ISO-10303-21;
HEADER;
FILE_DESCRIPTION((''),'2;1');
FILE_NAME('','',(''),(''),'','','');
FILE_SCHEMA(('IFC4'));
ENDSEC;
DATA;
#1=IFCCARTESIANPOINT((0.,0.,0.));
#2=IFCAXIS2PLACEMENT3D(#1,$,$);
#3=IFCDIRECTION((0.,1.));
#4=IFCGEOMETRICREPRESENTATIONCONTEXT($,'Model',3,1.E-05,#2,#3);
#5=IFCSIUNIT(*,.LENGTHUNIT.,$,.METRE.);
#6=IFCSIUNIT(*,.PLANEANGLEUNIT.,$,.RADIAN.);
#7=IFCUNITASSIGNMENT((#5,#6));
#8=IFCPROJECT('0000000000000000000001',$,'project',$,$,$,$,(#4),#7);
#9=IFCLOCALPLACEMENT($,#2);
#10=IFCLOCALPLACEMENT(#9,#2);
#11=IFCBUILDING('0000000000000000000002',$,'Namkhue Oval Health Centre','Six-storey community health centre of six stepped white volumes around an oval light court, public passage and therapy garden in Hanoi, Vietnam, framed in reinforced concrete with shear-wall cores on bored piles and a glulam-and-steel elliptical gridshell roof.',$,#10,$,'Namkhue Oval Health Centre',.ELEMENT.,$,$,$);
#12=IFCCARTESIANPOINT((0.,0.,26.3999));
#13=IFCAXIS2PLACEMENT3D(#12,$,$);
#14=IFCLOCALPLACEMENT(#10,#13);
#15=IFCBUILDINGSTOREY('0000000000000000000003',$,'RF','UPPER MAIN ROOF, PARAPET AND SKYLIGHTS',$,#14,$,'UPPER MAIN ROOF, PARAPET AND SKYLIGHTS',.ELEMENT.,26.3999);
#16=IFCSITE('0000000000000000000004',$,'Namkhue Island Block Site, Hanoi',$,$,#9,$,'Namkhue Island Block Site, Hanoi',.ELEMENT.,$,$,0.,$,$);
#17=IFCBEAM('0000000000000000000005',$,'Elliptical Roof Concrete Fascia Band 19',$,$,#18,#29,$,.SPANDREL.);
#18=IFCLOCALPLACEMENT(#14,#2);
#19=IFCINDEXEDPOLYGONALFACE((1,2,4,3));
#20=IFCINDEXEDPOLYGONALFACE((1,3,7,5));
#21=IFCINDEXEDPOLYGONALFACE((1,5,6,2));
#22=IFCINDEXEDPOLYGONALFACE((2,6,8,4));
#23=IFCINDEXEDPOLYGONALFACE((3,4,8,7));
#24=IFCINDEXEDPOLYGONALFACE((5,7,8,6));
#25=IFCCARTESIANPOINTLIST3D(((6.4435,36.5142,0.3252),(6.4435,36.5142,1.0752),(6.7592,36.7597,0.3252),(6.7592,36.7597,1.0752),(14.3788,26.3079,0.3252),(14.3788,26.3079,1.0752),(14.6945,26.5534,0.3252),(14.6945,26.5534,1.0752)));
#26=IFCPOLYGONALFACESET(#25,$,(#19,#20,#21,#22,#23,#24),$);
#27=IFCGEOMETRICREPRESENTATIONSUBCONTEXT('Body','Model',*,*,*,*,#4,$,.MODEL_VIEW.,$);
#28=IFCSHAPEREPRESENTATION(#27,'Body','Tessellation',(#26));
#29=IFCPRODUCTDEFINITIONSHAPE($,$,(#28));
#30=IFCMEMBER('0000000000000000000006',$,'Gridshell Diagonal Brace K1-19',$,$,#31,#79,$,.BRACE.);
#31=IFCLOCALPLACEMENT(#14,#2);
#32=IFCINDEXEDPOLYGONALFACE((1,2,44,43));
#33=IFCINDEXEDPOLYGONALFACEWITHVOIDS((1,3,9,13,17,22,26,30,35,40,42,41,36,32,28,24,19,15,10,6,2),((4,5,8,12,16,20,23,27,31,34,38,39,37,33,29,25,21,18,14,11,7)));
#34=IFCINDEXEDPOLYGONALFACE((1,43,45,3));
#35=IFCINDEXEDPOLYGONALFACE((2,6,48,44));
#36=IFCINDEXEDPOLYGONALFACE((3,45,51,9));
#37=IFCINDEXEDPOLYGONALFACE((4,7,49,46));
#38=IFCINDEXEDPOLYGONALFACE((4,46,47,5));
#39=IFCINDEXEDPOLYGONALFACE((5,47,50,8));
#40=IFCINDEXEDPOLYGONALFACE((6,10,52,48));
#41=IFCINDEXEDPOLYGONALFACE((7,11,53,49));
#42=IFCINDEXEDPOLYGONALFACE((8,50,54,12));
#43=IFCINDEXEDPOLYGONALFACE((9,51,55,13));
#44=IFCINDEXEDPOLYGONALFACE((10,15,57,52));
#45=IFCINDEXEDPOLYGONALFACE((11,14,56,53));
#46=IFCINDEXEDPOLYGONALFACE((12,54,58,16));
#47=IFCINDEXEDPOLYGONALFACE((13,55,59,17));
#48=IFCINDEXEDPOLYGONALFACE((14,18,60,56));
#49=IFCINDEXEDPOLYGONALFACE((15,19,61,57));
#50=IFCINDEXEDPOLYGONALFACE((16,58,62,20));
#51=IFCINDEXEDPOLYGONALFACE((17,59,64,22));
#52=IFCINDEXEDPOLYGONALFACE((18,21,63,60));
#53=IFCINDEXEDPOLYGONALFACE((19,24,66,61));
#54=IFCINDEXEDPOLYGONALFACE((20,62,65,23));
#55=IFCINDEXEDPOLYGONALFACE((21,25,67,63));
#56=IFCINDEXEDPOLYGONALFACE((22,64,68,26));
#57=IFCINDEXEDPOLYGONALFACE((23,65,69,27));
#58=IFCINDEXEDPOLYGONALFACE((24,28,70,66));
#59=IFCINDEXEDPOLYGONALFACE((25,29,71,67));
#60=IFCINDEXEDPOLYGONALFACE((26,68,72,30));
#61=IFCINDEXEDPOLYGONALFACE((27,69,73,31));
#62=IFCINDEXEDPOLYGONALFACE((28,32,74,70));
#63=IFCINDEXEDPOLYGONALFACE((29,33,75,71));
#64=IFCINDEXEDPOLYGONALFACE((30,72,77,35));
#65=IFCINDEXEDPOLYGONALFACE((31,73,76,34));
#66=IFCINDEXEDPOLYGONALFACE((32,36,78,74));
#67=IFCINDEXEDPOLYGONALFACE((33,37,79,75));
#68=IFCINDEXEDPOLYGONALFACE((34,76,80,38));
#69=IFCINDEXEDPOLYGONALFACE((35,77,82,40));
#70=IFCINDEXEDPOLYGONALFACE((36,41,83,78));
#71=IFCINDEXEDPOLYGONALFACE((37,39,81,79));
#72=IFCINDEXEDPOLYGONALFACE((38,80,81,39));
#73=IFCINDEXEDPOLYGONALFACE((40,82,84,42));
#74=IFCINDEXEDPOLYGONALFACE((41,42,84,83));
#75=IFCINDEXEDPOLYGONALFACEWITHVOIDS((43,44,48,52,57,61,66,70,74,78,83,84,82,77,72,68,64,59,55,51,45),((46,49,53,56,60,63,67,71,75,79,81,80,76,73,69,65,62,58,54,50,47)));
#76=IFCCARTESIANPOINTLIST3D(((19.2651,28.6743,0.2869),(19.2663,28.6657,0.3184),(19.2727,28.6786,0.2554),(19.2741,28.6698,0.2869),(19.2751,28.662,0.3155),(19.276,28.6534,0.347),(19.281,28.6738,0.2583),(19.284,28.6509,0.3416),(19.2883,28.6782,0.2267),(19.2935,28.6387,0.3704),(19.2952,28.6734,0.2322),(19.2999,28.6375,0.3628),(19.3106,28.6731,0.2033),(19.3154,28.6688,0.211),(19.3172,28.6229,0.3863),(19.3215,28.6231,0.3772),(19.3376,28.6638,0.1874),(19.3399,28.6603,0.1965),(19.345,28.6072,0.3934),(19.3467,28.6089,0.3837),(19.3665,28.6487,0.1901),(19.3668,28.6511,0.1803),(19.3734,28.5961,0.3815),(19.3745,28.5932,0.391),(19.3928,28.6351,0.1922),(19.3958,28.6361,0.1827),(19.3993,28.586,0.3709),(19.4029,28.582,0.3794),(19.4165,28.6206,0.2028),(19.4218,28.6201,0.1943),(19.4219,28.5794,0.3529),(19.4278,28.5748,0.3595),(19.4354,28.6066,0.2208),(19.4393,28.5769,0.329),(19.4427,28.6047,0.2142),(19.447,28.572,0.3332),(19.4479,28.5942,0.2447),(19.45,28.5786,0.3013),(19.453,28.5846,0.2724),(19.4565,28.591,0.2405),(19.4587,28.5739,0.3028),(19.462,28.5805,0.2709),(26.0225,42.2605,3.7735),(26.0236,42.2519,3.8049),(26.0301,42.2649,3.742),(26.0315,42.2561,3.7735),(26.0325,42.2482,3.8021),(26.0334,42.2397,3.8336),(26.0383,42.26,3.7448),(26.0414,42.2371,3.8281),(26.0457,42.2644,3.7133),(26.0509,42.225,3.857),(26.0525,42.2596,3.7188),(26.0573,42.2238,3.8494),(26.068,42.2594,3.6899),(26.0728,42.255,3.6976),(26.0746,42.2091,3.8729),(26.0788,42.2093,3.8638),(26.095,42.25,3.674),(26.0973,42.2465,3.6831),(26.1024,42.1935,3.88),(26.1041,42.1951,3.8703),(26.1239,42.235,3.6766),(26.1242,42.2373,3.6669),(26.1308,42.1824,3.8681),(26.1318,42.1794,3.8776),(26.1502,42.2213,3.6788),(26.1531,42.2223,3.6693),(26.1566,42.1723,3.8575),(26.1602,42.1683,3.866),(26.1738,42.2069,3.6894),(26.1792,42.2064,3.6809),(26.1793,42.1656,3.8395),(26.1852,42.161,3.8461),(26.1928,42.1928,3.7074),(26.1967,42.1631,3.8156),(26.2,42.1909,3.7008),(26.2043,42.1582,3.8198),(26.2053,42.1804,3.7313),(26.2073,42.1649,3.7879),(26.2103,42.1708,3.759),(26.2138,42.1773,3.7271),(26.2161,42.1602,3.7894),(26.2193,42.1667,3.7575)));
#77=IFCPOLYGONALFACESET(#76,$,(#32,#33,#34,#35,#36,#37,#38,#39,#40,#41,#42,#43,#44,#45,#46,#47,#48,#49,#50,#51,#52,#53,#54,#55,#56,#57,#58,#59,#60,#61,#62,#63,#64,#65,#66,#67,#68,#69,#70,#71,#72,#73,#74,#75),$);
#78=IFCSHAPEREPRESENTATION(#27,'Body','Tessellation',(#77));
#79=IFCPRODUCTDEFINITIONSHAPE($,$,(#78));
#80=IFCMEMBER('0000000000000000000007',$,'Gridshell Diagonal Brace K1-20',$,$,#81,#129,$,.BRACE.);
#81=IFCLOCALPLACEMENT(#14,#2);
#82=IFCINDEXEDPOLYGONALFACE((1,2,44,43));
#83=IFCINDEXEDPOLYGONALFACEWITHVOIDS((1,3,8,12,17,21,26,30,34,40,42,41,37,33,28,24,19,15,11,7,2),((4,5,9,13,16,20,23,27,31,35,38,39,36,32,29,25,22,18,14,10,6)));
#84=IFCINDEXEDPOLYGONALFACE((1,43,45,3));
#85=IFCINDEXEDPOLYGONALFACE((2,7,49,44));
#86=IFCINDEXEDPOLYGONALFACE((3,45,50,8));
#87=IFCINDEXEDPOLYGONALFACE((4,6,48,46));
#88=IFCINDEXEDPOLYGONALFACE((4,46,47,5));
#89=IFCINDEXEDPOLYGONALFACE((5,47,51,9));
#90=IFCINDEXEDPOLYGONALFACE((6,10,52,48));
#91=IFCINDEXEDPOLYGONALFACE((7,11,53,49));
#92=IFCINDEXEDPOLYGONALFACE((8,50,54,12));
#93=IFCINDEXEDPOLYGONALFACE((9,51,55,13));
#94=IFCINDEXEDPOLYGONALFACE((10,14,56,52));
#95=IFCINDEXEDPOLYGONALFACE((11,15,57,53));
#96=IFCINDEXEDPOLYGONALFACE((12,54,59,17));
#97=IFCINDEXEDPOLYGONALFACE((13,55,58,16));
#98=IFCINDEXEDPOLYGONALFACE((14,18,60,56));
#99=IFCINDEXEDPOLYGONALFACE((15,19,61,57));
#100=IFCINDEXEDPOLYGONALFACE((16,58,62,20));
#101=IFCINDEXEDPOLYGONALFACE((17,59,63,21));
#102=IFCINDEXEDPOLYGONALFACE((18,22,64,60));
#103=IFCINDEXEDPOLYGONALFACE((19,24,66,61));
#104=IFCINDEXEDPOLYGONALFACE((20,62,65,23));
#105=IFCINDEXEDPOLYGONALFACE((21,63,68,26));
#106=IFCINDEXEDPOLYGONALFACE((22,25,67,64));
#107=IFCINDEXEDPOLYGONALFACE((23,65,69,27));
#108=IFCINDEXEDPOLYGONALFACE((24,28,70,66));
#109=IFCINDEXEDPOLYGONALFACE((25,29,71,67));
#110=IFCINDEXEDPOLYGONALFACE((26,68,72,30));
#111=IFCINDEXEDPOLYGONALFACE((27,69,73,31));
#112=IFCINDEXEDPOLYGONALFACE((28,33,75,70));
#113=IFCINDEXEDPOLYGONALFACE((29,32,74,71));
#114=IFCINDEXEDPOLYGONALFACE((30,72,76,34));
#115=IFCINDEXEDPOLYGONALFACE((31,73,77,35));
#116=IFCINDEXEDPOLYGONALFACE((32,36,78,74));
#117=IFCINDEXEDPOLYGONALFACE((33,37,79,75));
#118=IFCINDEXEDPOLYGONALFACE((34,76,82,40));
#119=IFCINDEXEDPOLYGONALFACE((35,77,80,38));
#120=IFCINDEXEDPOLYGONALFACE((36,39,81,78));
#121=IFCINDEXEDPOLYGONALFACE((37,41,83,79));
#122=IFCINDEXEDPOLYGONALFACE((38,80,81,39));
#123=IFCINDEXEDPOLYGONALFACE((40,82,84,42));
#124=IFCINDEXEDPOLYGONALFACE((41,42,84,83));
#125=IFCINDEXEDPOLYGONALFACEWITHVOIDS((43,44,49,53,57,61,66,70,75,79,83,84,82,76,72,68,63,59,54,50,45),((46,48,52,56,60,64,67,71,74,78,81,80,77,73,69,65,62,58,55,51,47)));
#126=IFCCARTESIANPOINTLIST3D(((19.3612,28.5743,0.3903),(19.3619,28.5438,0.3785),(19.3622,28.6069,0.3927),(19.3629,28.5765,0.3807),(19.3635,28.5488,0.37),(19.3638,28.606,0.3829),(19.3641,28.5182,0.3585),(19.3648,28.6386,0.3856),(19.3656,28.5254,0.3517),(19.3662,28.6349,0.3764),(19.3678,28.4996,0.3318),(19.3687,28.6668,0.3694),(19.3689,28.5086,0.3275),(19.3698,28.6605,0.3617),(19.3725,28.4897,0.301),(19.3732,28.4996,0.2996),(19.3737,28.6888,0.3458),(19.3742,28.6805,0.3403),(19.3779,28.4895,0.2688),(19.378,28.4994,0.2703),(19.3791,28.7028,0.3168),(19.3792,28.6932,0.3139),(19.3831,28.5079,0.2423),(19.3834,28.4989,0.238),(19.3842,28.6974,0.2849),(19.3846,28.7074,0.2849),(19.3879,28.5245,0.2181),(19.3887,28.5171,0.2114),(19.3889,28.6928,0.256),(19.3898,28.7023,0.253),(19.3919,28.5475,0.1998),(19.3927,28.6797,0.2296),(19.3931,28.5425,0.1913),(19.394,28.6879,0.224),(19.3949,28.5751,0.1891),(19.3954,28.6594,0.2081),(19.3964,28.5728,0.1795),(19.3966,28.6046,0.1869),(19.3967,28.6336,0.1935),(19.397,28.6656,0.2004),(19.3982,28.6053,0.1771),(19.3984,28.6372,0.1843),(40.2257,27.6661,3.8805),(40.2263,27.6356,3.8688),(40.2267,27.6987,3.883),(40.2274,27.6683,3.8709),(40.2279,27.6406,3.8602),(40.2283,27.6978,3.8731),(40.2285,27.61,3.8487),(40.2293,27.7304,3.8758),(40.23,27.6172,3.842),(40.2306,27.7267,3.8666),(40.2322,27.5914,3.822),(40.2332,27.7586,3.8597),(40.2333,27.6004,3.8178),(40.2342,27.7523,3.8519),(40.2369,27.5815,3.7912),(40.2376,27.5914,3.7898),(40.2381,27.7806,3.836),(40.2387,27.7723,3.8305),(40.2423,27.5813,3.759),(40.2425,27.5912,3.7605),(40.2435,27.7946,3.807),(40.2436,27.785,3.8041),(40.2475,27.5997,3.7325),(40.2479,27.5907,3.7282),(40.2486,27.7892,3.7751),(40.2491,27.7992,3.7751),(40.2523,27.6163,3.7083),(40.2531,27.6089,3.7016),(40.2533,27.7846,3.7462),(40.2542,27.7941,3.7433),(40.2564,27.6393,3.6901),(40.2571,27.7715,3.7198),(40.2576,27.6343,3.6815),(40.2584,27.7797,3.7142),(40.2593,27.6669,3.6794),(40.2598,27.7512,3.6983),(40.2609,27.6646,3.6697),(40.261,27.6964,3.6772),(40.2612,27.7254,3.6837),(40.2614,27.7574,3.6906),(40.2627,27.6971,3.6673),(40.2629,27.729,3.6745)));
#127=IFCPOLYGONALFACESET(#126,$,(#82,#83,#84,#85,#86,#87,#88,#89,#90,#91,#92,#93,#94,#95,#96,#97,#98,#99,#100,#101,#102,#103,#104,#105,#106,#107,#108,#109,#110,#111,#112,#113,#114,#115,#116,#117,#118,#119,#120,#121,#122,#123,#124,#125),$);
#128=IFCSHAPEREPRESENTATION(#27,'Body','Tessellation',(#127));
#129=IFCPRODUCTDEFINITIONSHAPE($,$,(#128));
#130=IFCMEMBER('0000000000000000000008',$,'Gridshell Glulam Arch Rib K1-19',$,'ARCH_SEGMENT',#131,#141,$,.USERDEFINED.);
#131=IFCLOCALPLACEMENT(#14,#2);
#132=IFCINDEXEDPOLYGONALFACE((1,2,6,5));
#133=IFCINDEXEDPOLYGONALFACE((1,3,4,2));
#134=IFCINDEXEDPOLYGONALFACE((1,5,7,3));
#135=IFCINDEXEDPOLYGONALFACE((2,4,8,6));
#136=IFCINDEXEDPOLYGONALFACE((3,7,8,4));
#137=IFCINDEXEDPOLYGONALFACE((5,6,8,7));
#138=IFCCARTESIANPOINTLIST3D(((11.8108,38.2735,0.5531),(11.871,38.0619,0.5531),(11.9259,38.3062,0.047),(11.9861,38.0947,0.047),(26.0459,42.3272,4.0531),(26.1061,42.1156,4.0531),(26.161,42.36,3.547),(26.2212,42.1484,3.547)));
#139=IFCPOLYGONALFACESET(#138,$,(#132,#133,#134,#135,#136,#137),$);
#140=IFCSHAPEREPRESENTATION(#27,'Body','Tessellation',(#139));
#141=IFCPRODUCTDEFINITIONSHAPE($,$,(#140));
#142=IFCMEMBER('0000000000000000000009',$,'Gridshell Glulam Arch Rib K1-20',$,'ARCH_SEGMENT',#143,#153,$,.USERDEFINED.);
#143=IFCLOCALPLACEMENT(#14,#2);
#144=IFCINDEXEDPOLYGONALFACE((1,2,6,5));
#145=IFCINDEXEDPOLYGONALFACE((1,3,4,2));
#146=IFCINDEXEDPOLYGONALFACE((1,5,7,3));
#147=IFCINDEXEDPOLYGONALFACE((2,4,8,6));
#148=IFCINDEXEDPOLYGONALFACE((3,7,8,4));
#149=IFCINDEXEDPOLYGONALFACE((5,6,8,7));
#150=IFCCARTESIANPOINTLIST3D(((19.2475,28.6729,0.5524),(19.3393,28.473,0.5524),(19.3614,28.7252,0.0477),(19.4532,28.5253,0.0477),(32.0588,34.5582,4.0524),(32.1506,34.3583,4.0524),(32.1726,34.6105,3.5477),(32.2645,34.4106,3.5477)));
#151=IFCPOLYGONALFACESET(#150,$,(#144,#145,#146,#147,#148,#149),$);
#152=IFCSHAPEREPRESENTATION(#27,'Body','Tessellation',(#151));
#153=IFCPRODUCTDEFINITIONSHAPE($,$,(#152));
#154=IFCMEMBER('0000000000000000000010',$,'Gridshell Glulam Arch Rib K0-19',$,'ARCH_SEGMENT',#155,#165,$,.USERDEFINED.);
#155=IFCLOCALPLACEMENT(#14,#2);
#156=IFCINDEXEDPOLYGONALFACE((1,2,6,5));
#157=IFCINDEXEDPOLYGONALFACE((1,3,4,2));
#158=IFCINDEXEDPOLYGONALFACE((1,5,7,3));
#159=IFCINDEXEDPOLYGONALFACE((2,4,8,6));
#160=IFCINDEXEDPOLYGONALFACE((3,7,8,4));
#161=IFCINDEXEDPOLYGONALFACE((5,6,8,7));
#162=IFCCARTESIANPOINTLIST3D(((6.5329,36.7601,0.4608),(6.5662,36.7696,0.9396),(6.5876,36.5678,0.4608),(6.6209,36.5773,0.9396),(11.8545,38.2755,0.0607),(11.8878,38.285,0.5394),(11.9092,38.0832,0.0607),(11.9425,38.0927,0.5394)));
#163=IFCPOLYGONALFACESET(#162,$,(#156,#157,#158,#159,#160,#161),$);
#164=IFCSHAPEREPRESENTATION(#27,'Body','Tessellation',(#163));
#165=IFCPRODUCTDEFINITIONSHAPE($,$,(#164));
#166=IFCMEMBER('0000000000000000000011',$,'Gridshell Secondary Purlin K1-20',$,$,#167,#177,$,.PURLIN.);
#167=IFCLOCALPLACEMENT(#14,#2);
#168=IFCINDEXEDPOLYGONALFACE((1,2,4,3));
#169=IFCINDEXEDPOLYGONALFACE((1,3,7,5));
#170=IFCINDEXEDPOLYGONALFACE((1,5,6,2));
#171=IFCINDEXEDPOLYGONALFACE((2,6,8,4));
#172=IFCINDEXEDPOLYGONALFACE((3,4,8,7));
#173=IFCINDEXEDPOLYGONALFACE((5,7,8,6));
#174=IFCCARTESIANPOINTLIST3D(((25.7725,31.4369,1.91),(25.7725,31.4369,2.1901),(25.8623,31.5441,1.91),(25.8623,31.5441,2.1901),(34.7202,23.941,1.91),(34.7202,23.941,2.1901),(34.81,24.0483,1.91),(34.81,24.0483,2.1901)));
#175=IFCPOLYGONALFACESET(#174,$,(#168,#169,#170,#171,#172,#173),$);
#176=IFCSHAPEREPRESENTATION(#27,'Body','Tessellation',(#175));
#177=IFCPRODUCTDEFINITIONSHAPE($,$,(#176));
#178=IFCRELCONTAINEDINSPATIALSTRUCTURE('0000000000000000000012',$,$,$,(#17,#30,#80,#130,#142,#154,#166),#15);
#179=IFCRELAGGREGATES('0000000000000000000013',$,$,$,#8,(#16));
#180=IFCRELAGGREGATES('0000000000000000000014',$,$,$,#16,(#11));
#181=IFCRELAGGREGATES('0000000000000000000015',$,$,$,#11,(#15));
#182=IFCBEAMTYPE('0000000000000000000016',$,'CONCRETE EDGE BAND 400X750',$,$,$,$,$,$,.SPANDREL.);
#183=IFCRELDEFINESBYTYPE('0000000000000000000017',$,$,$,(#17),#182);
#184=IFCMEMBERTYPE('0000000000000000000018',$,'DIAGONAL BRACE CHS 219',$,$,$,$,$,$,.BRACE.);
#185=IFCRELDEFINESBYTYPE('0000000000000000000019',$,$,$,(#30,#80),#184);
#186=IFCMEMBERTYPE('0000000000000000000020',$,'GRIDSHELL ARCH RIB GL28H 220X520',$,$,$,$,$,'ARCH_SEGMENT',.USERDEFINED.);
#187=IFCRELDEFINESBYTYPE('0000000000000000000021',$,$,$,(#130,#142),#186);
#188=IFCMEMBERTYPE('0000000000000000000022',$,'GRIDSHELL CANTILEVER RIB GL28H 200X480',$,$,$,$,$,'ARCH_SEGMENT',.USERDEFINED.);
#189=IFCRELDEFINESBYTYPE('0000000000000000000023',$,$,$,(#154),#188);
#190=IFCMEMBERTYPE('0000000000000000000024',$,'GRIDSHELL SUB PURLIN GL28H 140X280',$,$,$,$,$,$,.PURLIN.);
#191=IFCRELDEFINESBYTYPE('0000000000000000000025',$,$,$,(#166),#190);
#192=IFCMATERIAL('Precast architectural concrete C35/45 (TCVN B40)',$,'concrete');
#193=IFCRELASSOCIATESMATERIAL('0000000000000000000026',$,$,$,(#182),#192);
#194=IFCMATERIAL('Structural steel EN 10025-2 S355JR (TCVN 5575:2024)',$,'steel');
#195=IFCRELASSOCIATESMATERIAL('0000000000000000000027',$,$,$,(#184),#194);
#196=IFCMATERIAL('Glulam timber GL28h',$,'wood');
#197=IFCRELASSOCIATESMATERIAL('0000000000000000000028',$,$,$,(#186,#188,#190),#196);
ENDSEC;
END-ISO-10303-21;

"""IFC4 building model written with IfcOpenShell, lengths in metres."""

from ifc_helpers import new_model, si_unit, direction, frame, origin, origin_2d, place, context, subcontext, project, spatial, rectangle, hollow_circle, extrude, material, material_profile, profile_set, type_object, element, save


model = new_model("IFC4")

# Units and contexts
model_context = context("Model", 3, precision=1e-05, world=origin(), true_north=direction((0.0, 1.0)))
body_context = subcontext(model_context, "Body", "Model", "MODEL_VIEW")
ifc_project = project(units=[si_unit("LENGTHUNIT", "METRE"), si_unit("PLANEANGLEUNIT", "RADIAN")], contexts=[model_context])

# Site, building, storey
site_placement = place(None, origin())
site = spatial("IfcSite", under=ifc_project, at=site_placement, Name="Namkhue Island Block Site, Hanoi", LongName="Namkhue Island Block Site, Hanoi", CompositionType="ELEMENT", RefElevation=0.0)
building_placement = place(site_placement, origin())
building = spatial("IfcBuilding", under=site, at=building_placement, Name="Namkhue Oval Health Centre", Description="Six-storey community health centre of six stepped white volumes around an oval light court, public passage and therapy garden in Hanoi, Vietnam, framed in reinforced concrete with shear-wall cores on bored piles and a glulam-and-steel elliptical gridshell roof.", LongName="Namkhue Oval Health Centre", CompositionType="ELEMENT")
storey_placement = place(building_placement, frame((0.0, 0.0, 26.3999)))
storey = spatial("IfcBuildingStorey", under=building, at=storey_placement, Name="RF", Description="UPPER MAIN ROOF, PARAPET AND SKYLIGHTS", LongName="UPPER MAIN ROOF, PARAPET AND SKYLIGHTS", CompositionType="ELEMENT", Elevation=26.3999)

# Beam
ifc_material_1 = material(Name="Precast architectural concrete C35/45 (TCVN B40)", Category="concrete")
ifc_material_profile_1 = material_profile(ifc_material_1, rectangle(XDim=0.3999, YDim=0.75, at=origin_2d()), Name="RC 400x750")
ifc_profile_set_1 = profile_set([ifc_material_profile_1], Name="Precast architectural concrete C35/45 (TCVN B40)")
beam_type = type_object("IfcBeamType", Name="CONCRETE EDGE BAND 400X750", PredefinedType="SPANDREL", material=ifc_profile_set_1)
beam_placement = place(storey_placement, frame((6.6013, 36.637, 0.7002), z_axis=(0.613799, -0.789462, 0.0), x_axis=(0.789462, 0.613799, 0.0)))
element("IfcBeam", 1, at=beam_placement, inside=storey, type_object=beam_type, Name="Elliptical Roof Concrete Fascia Band 19", PredefinedType="SPANDREL", context=body_context, shape_type="SweptSolid", body=[
    extrude(rectangle(XDim=0.3999, YDim=0.75, at=origin_2d()), origin(), (0.0, 0.0, 1.0), 12.9282),
])

# Members
ifc_material_2 = material(Name="Structural steel EN 10025-2 S355JR (TCVN 5575:2024)", Category="steel")
ifc_material_profile_2 = material_profile(ifc_material_2, hollow_circle(Radius=0.1096, WallThickness=0.01, at=origin_2d()), Name="CHS 219.1x10")
ifc_profile_set_2 = profile_set([ifc_material_profile_2], Name="Structural steel EN 10025-2 S355JR (TCVN 5575:2024)")
member_type_1 = type_object("IfcMemberType", Name="DIAGONAL BRACE CHS 219", PredefinedType="BRACE", material=ifc_profile_set_2)
member_1_placement = place(storey_placement, frame((19.3633, 28.6255, 0.2869), z_axis=(0.434017, 0.872628, 0.223939), x_axis=(-0.895368, 0.445327, 0.0)))
element("IfcMember", 2, at=member_1_placement, inside=storey, type_object=member_type_1, Name="Gridshell Diagonal Brace K1-19", PredefinedType="BRACE", context=body_context, shape_type="SweptSolid", body=[
    extrude(hollow_circle(Radius=0.1096, WallThickness=0.01, at=origin_2d()), origin(), (0.0, 0.0, 1.0), 15.5693),
])
member_2_placement = place(storey_placement, frame((19.3799, 28.5979, 0.2849), z_axis=(0.985388, -0.042893, 0.164837), x_axis=(0.043487, 0.999054, 0.0)))
element("IfcMember", 3, at=member_2_placement, inside=storey, type_object=member_type_1, Name="Gridshell Diagonal Brace K1-20", PredefinedType="BRACE", context=body_context, shape_type="SweptSolid", body=[
    extrude(hollow_circle(Radius=0.1096, WallThickness=0.01, at=origin_2d()), origin(), (0.0, 0.0, 1.0), 21.1738),
])
ifc_material_3 = material(Name="Glulam timber GL28h", Category="wood")
ifc_material_profile_3 = material_profile(ifc_material_3, rectangle(XDim=0.22, YDim=0.52, at=origin_2d()), Name="GL28h 220x520")
ifc_profile_set_3 = profile_set([ifc_material_profile_3], Name="Glulam timber GL28h")
member_type_2 = type_object("IfcMemberType", Name="GRIDSHELL ARCH RIB GL28H 220X520", ElementType="ARCH_SEGMENT", PredefinedType="USERDEFINED", material=ifc_profile_set_3)
member_3_placement = place(storey_placement, frame((11.8984, 38.1841, 0.3), z_axis=(0.935952, 0.26653, 0.230123), x_axis=(-0.27388, 0.961764, 0.0)))
element("IfcMember", 4, at=member_3_placement, inside=storey, type_object=member_type_2, Name="Gridshell Glulam Arch Rib K1-19", ObjectType="ARCH_SEGMENT", PredefinedType="USERDEFINED", context=body_context, shape_type="SweptSolid", body=[
    extrude(rectangle(XDim=0.22, YDim=0.52, at=origin_2d()), origin(), (0.0, 0.0, 1.0), 15.2092),
])
member_4_placement = place(storey_placement, frame((19.3503, 28.5991, 0.3), z_axis=(0.881933, 0.405143, 0.240941), x_axis=(-0.417441, 0.908704, 0.0)))
element("IfcMember", 5, at=member_4_placement, inside=storey, type_object=member_type_2, Name="Gridshell Glulam Arch Rib K1-20", ObjectType="ARCH_SEGMENT", PredefinedType="USERDEFINED", context=body_context, shape_type="SweptSolid", body=[
    extrude(rectangle(XDim=0.22, YDim=0.52, at=origin_2d()), origin(), (0.0, 0.0, 1.0), 14.5264),
])
ifc_material_profile_4 = material_profile(ifc_material_3, rectangle(XDim=0.2, YDim=0.48, at=origin_2d()), Name="GL28h 200x480")
ifc_profile_set_4 = profile_set([ifc_material_profile_4], Name="Glulam timber GL28h")
member_type_3 = type_object("IfcMemberType", Name="GRIDSHELL CANTILEVER RIB GL28H 200X480", ElementType="ARCH_SEGMENT", PredefinedType="USERDEFINED", material=ifc_profile_set_4)
member_5_placement = place(storey_placement, frame((6.5769, 36.6687, 0.7002), z_axis=(0.95926, 0.273163, -0.07213), x_axis=(-0.273876, 0.961765, 0.0)))
element("IfcMember", 6, at=member_5_placement, inside=storey, type_object=member_type_3, Name="Gridshell Glulam Arch Rib K0-19", ObjectType="ARCH_SEGMENT", PredefinedType="USERDEFINED", context=body_context, shape_type="SweptSolid", body=[
    extrude(rectangle(XDim=0.2, YDim=0.48, at=origin_2d()), origin(), (0.0, 0.0, 1.0), 5.5476),
])
ifc_material_profile_5 = material_profile(ifc_material_3, rectangle(XDim=0.1399, YDim=0.28, at=origin_2d()), Name="GL28h 140x280")
ifc_profile_set_5 = profile_set([ifc_material_profile_5], Name="Glulam timber GL28h")
member_type_4 = type_object("IfcMemberType", Name="GRIDSHELL SUB PURLIN GL28H 140X280", PredefinedType="PURLIN", material=ifc_profile_set_5)
member_6_placement = place(storey_placement, frame((25.8174, 31.4905, 2.05), z_axis=(0.766559, -0.642174, 0.0), x_axis=(0.642174, 0.766559, 0.0)))
element("IfcMember", 7, at=member_6_placement, inside=storey, type_object=member_type_4, Name="Gridshell Secondary Purlin K1-20", PredefinedType="PURLIN", context=body_context, shape_type="SweptSolid", body=[
    extrude(rectangle(XDim=0.1399, YDim=0.28, at=origin_2d()), origin(), (0.0, 0.0, 1.0), 11.6726),
])

save(model, "model.ifc")
